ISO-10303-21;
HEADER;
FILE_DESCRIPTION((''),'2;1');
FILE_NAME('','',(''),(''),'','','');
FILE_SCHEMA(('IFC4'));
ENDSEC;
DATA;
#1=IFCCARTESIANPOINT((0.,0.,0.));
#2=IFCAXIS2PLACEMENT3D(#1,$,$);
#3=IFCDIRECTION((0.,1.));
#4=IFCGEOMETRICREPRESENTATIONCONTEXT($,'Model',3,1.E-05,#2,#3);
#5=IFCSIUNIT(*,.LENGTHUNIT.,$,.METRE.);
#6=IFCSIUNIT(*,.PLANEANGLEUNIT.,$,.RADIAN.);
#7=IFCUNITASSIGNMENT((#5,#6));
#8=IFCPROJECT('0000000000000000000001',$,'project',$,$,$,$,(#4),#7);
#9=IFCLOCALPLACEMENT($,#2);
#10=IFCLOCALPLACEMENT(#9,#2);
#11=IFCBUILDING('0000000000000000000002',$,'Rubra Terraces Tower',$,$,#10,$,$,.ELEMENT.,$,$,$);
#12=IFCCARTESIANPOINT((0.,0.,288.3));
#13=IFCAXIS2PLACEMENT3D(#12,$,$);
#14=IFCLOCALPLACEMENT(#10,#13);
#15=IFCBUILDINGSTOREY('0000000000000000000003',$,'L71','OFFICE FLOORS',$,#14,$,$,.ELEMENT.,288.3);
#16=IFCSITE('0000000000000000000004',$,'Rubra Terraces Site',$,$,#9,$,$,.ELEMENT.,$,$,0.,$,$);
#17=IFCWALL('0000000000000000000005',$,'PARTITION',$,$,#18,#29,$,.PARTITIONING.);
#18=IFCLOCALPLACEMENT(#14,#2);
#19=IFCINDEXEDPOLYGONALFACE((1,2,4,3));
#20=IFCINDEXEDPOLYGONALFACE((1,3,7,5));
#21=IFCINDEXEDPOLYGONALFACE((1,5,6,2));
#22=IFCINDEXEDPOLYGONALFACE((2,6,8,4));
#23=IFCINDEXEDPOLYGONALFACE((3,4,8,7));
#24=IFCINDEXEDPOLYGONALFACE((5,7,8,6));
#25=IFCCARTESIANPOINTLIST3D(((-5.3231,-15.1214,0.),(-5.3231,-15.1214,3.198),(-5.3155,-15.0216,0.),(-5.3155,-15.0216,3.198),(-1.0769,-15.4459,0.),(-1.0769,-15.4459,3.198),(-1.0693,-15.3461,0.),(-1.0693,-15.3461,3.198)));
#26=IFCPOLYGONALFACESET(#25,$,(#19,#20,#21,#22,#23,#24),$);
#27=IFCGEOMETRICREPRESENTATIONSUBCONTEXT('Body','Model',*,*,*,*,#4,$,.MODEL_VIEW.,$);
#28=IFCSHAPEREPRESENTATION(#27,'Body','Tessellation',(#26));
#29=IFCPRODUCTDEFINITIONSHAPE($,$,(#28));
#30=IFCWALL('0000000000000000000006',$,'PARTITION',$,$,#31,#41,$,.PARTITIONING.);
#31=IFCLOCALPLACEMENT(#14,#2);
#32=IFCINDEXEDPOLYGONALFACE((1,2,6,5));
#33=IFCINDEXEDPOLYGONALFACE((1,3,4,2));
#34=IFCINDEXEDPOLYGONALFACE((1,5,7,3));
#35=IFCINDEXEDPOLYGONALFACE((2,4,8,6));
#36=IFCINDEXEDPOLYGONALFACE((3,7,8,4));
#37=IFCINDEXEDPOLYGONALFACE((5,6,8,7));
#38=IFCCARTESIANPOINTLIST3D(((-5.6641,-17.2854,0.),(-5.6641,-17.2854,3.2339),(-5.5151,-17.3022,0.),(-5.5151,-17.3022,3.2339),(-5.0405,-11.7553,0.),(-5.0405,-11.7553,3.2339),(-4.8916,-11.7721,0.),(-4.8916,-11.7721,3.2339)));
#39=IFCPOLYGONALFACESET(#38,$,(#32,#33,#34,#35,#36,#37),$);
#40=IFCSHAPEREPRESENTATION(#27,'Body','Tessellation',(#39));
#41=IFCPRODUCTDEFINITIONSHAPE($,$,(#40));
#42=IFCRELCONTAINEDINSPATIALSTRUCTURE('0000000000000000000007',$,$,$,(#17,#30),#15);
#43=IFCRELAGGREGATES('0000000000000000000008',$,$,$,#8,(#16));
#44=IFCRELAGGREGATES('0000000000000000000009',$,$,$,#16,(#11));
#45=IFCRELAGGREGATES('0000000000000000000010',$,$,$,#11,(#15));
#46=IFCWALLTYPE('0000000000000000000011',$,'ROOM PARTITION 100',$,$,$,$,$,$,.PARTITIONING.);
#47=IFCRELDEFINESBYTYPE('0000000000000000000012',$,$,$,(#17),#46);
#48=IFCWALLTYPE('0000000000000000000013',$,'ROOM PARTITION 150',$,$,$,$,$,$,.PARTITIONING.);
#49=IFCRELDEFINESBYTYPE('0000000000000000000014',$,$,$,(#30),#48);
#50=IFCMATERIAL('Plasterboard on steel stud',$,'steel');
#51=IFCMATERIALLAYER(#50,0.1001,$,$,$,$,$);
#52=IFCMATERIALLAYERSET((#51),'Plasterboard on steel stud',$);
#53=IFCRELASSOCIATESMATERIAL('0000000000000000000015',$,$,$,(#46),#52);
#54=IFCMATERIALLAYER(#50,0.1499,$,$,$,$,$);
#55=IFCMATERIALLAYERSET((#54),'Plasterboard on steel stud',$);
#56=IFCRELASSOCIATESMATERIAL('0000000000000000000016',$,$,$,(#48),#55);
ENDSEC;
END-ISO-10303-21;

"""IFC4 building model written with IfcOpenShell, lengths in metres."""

from ifc_helpers import new_model, si_unit, direction, frame, frame_2d, origin, place, context, subcontext, project, spatial, rectangle, extrude, material, layer, layer_set, type_object, element, save


model = new_model("IFC4")

# Units and contexts
model_context = context("Model", 3, precision=1e-05, world=origin(), true_north=direction((0.0, 1.0)))
body_context = subcontext(model_context, "Body", "Model", "MODEL_VIEW")
ifc_project = project(units=[si_unit("LENGTHUNIT", "METRE"), si_unit("PLANEANGLEUNIT", "RADIAN")], contexts=[model_context])

# Site, building, storey
site_placement = place(None, origin())
site = spatial("IfcSite", under=ifc_project, at=site_placement, Name="Rubra Terraces Site", CompositionType="ELEMENT", RefElevation=0.0)
building_placement = place(site_placement, origin())
building = spatial("IfcBuilding", under=site, at=building_placement, Name="Rubra Terraces Tower", CompositionType="ELEMENT")
storey_placement = place(building_placement, frame((0.0, 0.0, 288.3)))
storey = spatial("IfcBuildingStorey", under=building, at=storey_placement, Name="L71", Description="OFFICE FLOORS", CompositionType="ELEMENT", Elevation=288.3)

# Walls
ifc_material_1 = material(Name="Plasterboard on steel stud", Category="steel")
ifc_layer_1 = layer(ifc_material_1, 0.1001)
ifc_layer_set_1 = layer_set([ifc_layer_1], Name="Plasterboard on steel stud")
wall_type_1 = type_object("IfcWallType", Name="ROOM PARTITION 100", PredefinedType="PARTITIONING", material=ifc_layer_set_1)
wall_1_placement = place(storey_placement, frame((-1.073, -15.396, 0.0), z_axis=(0.0, 0.0, 1.0), x_axis=(-0.997093, 0.076192, 0.0)))
element("IfcWall", 1, at=wall_1_placement, inside=storey, type_object=wall_type_1, Name="PARTITION", PredefinedType="PARTITIONING", context=body_context, shape_type="SweptSolid", body=[
    extrude(rectangle(XDim=4.2585, YDim=0.1001, at=frame_2d((2.1294, 0.0))), origin(), (0.0, 0.0, 1.0), 3.198),
])
ifc_layer_2 = layer(ifc_material_1, 0.1499)
ifc_layer_set_2 = layer_set([ifc_layer_2], Name="Plasterboard on steel stud")
wall_type_2 = type_object("IfcWallType", Name="ROOM PARTITION 150", PredefinedType="PARTITIONING", material=ifc_layer_set_2)
wall_2_placement = place(storey_placement, frame((-5.5896, -17.2939, 0.0), z_axis=(0.0, 0.0, 1.0), x_axis=(0.112044, 0.993703, 0.0)))
element("IfcWall", 2, at=wall_2_placement, inside=storey, type_object=wall_type_2, Name="PARTITION", PredefinedType="PARTITIONING", context=body_context, shape_type="SweptSolid", body=[
    extrude(rectangle(XDim=5.5652, YDim=0.1499, at=frame_2d((2.7827, 0.0))), origin(), (0.0, 0.0, 1.0), 3.2339),
])

save(model, "model.ifc")
